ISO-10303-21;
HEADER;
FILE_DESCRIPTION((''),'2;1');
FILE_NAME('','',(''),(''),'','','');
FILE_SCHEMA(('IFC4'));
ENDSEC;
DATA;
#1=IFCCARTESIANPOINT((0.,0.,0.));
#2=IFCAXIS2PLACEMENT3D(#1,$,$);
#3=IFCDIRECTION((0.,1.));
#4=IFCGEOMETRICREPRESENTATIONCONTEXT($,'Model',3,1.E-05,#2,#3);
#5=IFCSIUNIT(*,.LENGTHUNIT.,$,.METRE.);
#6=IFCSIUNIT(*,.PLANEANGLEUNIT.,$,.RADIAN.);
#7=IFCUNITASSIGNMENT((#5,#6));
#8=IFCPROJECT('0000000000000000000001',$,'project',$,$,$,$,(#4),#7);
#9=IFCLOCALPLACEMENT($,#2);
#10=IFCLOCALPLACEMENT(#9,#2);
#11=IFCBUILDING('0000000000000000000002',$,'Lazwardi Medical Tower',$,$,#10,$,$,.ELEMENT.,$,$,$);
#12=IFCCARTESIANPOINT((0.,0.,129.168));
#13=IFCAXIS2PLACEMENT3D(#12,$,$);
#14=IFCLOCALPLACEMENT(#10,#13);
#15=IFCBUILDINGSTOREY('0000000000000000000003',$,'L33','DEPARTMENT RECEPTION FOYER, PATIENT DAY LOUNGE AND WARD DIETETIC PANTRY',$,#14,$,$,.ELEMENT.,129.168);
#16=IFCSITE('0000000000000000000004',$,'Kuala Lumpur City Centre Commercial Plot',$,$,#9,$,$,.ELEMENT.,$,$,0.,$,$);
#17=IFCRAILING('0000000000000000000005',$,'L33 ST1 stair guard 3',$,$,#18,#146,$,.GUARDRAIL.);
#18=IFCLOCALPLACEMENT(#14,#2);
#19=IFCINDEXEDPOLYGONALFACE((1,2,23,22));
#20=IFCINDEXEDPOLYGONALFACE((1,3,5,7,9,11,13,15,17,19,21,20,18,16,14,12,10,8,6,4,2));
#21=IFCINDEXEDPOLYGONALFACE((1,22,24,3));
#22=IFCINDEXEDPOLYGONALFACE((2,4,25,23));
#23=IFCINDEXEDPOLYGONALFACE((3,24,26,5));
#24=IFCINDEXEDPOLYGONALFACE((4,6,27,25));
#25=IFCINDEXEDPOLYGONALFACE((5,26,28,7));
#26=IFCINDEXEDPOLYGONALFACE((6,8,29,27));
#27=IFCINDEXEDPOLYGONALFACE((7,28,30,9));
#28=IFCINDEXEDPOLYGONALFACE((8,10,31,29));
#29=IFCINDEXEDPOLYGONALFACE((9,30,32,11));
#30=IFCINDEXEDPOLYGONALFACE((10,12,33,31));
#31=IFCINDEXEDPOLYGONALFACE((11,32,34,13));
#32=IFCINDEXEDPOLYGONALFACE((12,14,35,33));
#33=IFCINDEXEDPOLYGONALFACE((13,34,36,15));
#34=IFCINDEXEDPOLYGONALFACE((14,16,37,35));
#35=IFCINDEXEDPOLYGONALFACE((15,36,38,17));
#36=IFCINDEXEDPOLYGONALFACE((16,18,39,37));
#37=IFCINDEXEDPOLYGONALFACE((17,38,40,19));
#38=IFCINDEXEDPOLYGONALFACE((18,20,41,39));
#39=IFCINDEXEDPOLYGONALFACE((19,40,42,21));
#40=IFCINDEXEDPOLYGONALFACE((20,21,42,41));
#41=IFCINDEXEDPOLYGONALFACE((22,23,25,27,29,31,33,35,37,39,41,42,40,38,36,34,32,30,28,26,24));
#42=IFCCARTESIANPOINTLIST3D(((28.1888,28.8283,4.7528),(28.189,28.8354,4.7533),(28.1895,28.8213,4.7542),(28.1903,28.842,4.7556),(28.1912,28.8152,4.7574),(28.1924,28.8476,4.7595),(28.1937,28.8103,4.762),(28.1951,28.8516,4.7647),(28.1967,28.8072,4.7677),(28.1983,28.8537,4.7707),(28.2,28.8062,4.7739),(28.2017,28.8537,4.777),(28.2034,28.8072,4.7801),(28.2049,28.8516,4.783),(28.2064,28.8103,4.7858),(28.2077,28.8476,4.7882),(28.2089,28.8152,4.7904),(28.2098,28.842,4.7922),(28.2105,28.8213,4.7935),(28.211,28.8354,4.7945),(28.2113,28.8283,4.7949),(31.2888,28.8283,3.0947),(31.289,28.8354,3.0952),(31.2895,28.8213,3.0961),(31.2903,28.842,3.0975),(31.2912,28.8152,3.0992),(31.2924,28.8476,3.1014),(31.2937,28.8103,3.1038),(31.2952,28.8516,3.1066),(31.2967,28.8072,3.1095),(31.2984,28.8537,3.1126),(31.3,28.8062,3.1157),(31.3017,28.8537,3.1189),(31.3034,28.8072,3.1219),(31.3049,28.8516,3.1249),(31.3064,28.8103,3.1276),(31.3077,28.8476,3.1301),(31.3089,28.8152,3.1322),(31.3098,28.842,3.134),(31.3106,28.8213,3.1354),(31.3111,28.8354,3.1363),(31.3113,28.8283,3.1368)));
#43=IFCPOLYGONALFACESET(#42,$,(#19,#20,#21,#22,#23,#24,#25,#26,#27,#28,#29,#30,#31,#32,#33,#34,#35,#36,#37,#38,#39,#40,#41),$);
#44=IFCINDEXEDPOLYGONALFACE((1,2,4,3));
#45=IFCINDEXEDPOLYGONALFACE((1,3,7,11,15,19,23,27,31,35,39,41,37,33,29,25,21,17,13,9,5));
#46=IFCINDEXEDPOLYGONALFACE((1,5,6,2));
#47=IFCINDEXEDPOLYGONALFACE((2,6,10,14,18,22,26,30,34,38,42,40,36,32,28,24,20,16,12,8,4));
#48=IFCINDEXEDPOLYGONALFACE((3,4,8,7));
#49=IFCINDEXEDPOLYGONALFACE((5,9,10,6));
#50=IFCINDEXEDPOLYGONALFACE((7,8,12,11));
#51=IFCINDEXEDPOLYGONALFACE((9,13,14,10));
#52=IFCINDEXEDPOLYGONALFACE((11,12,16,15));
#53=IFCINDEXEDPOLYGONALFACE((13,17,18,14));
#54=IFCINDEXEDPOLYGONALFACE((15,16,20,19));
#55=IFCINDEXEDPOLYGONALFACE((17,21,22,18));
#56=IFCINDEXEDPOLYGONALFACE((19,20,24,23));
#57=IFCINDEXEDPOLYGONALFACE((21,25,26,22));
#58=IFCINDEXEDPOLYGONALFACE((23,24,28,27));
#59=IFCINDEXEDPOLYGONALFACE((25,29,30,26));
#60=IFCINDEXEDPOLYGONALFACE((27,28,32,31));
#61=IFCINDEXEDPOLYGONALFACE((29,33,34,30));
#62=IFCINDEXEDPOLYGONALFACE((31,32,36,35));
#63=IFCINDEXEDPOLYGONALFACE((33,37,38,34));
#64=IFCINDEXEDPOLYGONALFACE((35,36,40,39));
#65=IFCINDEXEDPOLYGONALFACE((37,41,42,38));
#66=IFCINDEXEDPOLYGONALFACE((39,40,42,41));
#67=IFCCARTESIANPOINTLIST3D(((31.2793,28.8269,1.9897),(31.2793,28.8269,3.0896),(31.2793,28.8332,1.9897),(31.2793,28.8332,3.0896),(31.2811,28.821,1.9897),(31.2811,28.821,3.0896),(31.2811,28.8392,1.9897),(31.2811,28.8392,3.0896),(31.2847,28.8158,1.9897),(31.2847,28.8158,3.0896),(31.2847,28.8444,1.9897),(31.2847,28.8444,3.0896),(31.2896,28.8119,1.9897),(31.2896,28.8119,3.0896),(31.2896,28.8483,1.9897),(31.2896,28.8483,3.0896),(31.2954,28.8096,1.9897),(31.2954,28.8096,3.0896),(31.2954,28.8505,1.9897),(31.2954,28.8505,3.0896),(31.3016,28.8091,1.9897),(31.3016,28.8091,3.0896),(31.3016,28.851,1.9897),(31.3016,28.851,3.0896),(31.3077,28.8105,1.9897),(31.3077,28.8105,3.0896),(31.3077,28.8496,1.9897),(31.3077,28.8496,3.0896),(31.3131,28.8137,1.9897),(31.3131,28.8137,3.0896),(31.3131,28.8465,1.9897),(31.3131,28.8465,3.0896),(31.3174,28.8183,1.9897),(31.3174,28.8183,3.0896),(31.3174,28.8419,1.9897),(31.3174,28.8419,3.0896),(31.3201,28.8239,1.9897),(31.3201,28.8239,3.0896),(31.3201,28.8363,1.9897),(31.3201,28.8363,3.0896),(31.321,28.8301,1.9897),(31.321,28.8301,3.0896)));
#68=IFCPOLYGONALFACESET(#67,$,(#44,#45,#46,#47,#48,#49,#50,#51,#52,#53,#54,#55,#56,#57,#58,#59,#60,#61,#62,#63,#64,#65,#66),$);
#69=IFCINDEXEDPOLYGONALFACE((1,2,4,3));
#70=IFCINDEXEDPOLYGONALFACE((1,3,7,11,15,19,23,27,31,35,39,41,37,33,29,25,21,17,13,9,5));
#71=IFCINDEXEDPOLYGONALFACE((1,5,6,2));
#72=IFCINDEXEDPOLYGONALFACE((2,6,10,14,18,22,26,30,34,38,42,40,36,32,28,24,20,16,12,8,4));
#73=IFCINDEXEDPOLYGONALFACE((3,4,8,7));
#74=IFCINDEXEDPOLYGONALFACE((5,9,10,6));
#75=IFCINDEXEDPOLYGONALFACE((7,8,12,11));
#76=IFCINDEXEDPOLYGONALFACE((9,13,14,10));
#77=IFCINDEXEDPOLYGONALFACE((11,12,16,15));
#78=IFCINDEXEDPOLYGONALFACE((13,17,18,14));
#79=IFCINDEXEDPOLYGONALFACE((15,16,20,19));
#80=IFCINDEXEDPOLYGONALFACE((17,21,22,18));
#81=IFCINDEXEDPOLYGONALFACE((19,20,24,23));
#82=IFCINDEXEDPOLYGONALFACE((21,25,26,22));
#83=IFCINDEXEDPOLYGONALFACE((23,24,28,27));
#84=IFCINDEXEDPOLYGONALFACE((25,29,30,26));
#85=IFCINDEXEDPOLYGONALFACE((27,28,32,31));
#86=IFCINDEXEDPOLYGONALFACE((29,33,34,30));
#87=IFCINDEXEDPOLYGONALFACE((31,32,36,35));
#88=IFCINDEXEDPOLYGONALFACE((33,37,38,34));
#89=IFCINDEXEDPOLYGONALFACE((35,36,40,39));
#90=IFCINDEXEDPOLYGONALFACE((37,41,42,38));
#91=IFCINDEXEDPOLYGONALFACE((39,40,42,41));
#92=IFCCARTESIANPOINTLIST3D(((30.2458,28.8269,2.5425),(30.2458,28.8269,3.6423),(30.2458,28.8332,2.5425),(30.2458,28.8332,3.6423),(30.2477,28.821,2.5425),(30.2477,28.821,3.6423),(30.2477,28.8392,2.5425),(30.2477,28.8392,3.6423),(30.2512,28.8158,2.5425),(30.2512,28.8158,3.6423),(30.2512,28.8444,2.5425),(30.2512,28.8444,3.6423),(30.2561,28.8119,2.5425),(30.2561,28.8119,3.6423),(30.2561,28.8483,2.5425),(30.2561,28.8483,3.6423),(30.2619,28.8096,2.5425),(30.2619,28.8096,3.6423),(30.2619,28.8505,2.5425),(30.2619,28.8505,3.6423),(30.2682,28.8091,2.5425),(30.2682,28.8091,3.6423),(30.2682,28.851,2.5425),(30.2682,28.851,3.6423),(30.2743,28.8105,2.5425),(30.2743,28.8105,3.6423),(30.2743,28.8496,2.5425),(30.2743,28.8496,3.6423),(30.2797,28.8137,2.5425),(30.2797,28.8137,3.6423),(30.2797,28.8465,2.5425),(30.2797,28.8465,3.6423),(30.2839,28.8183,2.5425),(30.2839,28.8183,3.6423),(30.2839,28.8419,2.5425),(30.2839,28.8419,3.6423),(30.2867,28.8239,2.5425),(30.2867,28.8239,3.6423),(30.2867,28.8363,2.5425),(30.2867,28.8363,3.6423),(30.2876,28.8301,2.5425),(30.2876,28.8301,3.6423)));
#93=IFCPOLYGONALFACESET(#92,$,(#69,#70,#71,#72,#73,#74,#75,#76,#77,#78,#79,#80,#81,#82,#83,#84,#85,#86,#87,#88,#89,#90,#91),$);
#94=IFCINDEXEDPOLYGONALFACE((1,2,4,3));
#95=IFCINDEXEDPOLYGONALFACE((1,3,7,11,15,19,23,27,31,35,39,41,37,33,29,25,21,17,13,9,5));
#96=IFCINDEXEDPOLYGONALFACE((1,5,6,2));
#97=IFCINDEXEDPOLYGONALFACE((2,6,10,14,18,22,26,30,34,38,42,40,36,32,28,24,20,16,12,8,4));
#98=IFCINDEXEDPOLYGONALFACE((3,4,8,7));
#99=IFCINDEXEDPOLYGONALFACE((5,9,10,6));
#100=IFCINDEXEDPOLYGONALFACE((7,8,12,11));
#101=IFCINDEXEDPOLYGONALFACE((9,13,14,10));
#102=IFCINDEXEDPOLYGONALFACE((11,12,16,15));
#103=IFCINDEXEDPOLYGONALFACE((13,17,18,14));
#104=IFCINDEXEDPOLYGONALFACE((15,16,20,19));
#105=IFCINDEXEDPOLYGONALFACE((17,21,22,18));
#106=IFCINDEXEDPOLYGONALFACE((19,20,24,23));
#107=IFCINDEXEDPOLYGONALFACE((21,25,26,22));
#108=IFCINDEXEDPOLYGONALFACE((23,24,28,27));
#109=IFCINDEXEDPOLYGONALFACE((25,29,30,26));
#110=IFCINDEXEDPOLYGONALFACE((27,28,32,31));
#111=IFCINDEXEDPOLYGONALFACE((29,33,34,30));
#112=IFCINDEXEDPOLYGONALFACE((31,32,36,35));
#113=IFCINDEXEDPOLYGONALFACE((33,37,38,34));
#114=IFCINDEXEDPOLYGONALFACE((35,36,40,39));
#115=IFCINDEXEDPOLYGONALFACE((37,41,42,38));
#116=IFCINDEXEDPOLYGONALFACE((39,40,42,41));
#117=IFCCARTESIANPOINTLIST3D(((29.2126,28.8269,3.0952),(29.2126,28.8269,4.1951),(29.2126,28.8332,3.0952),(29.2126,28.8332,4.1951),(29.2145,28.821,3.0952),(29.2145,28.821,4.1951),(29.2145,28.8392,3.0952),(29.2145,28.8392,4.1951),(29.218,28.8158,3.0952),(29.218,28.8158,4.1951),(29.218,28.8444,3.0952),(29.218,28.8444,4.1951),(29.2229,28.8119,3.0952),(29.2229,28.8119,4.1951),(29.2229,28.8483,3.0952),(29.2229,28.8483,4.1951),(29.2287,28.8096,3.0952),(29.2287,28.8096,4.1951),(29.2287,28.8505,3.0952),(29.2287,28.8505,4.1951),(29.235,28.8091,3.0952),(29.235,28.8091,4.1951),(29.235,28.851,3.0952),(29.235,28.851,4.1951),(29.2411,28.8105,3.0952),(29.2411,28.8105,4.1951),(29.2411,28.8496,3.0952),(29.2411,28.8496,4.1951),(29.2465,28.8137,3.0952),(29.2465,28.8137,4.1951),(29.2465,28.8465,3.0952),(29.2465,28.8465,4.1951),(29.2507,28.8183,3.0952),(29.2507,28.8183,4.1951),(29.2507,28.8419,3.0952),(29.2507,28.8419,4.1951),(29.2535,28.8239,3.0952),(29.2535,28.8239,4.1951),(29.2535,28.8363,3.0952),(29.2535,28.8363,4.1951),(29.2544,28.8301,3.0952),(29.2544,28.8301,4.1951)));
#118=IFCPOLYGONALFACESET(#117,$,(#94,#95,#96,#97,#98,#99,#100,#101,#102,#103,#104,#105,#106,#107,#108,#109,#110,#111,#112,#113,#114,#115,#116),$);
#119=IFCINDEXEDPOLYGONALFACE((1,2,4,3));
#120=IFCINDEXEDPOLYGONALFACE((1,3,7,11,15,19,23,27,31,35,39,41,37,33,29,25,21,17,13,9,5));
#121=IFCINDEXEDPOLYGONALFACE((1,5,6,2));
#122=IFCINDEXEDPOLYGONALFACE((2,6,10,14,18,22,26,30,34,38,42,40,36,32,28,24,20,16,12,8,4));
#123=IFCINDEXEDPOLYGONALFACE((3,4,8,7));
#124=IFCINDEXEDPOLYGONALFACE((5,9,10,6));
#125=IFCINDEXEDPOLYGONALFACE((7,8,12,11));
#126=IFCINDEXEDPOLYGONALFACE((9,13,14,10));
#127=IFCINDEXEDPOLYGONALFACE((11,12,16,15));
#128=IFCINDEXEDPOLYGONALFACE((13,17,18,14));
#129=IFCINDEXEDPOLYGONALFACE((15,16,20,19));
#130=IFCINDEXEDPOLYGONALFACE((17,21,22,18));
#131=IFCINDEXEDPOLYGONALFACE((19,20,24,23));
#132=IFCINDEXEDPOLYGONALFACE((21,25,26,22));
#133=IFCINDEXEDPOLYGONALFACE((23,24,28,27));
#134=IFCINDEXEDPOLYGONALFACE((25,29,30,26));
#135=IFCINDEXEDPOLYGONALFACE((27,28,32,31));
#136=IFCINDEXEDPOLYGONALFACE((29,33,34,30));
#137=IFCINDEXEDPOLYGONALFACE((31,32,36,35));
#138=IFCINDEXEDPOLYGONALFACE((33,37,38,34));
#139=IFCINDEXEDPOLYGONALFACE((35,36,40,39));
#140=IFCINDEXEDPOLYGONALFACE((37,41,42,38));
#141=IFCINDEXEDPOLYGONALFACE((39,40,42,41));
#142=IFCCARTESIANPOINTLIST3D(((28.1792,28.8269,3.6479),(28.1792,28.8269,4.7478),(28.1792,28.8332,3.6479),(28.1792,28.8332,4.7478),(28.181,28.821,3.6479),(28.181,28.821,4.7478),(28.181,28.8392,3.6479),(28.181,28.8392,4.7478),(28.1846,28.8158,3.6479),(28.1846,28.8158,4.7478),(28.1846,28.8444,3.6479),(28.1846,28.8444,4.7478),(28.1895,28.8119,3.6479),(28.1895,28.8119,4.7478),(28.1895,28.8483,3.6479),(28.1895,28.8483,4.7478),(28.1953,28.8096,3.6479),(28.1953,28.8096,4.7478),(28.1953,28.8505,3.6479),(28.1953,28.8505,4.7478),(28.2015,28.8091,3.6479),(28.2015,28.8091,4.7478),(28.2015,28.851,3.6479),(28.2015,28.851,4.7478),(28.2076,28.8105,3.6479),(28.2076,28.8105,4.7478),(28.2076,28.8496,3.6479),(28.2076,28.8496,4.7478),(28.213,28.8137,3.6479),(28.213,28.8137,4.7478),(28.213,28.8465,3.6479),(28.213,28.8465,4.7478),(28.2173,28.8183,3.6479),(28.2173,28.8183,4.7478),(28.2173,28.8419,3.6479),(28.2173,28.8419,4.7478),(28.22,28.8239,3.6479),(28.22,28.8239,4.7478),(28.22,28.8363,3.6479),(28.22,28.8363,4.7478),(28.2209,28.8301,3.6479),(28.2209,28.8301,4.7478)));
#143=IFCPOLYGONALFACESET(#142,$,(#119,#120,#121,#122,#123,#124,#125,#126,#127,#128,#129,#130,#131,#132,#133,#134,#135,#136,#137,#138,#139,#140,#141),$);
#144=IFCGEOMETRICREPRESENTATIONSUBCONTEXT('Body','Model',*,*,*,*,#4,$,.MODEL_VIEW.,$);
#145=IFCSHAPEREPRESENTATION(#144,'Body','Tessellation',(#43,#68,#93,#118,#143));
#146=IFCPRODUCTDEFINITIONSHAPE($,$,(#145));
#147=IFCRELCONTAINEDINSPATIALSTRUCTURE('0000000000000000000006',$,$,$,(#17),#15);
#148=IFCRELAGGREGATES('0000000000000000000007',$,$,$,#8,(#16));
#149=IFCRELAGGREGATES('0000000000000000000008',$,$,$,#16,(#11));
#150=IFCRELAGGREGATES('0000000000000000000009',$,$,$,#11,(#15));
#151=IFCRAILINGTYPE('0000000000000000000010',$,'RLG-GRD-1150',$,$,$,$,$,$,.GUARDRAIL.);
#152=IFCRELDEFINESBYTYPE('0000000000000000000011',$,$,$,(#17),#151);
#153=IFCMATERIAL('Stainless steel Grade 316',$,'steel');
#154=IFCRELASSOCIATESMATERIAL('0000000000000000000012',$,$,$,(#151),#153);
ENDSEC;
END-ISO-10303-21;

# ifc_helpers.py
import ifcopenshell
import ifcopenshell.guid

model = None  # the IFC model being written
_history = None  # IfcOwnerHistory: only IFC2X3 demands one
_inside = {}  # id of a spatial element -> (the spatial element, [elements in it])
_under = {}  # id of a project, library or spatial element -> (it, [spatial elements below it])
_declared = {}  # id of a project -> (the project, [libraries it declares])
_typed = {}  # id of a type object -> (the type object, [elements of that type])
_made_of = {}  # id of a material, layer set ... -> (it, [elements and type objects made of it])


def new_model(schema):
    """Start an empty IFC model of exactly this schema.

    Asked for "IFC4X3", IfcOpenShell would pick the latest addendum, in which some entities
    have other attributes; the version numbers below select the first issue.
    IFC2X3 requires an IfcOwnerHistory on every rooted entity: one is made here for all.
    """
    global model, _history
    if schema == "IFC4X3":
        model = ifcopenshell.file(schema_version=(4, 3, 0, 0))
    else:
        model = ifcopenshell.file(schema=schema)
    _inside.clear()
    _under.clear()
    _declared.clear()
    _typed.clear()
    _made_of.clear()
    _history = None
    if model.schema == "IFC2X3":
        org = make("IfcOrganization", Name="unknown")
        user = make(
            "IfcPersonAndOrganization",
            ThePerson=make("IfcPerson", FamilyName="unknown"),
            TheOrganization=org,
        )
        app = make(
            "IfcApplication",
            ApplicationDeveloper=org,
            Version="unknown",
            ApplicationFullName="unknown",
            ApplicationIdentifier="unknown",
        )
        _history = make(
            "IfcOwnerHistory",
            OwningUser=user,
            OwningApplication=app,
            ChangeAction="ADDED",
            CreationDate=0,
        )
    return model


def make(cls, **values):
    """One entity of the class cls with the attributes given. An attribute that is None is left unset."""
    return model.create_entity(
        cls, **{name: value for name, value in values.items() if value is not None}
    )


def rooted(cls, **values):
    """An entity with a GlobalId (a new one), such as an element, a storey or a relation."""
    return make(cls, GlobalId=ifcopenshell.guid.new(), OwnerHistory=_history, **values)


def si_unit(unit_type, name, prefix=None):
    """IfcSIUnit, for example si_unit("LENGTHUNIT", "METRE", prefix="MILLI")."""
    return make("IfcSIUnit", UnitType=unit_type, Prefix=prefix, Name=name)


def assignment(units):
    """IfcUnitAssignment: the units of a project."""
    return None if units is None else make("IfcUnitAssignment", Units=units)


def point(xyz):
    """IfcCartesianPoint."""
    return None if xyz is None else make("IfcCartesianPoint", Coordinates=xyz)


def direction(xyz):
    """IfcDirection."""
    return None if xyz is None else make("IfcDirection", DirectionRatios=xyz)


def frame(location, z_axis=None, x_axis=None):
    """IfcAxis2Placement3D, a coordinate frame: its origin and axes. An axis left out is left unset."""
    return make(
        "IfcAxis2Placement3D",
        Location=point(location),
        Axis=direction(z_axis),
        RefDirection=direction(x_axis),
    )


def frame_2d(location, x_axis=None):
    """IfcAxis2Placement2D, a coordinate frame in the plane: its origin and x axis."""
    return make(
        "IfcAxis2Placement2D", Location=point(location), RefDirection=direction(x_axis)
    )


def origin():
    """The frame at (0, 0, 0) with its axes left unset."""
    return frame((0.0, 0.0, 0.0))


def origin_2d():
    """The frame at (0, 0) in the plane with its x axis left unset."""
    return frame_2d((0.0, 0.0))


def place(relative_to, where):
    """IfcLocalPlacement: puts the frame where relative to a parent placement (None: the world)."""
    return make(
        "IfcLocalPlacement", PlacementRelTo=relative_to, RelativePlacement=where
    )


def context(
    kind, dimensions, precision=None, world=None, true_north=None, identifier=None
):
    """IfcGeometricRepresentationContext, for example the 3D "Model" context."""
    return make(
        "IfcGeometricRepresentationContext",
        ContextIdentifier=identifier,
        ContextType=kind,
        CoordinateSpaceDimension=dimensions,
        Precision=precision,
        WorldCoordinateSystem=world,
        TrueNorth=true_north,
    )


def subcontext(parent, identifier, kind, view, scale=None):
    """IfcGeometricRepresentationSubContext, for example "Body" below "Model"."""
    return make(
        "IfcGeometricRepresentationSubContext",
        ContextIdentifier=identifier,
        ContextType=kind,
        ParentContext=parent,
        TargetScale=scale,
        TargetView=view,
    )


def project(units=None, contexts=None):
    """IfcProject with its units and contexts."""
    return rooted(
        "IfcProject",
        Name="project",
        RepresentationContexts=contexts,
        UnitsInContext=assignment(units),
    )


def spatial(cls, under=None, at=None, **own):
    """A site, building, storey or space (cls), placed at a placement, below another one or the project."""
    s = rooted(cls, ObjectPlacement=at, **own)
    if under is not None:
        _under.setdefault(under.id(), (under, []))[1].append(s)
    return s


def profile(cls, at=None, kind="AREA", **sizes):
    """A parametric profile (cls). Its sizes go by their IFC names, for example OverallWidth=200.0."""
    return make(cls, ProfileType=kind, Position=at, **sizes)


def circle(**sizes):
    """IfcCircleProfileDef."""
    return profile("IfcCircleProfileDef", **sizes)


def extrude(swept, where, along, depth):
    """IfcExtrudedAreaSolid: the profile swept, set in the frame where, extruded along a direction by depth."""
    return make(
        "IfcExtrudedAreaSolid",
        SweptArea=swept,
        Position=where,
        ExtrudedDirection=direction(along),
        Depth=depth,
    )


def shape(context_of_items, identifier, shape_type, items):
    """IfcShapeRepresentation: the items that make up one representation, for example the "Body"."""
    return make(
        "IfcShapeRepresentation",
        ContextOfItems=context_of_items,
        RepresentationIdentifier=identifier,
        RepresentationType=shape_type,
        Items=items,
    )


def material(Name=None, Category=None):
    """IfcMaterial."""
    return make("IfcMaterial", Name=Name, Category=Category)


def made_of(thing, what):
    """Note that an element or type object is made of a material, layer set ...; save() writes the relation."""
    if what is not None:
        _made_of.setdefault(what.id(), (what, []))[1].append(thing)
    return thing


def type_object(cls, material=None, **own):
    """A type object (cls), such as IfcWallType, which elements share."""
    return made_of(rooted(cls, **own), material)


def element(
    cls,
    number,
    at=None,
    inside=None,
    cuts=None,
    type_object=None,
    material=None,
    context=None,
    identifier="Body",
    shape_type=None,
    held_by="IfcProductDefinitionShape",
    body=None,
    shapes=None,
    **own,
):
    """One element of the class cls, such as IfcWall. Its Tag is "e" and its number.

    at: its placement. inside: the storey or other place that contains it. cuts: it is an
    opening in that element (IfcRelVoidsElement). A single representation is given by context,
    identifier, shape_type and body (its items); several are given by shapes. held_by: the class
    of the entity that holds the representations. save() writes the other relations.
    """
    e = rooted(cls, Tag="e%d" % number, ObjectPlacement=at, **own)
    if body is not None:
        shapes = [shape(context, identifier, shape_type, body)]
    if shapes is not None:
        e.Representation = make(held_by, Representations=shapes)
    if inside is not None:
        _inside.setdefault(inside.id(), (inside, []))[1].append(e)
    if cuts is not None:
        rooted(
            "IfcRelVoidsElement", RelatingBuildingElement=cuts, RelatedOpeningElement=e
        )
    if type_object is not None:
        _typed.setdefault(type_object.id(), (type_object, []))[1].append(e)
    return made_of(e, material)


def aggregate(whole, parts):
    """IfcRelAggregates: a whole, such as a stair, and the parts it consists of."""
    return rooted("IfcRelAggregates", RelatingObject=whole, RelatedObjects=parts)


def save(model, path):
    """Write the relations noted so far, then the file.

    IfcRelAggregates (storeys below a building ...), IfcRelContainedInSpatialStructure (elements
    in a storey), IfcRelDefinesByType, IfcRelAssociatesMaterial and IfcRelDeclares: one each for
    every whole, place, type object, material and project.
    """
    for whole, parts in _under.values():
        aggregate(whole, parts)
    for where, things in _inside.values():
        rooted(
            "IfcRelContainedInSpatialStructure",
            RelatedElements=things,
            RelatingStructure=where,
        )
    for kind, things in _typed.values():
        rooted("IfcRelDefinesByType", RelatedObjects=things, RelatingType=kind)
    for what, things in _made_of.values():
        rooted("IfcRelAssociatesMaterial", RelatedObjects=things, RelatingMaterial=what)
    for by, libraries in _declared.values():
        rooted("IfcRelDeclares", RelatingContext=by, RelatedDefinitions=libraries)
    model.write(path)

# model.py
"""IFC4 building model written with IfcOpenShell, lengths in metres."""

from ifc_helpers import new_model, si_unit, direction, frame, origin, origin_2d, place, context, subcontext, project, spatial, circle, extrude, material, type_object, element, save


model = new_model("IFC4")

# Units and contexts
model_context = context("Model", 3, precision=1e-05, world=origin(), true_north=direction((0.0, 1.0)))
body_context = subcontext(model_context, "Body", "Model", "MODEL_VIEW")
ifc_project = project(units=[si_unit("LENGTHUNIT", "METRE"), si_unit("PLANEANGLEUNIT", "RADIAN")], contexts=[model_context])

# Site, building, storey
site_placement = place(None, origin())
site = spatial("IfcSite", under=ifc_project, at=site_placement, Name="Kuala Lumpur City Centre Commercial Plot", CompositionType="ELEMENT", RefElevation=0.0)
building_placement = place(site_placement, origin())
building = spatial("IfcBuilding", under=site, at=building_placement, Name="Lazwardi Medical Tower", CompositionType="ELEMENT")
storey_placement = place(building_placement, frame((0.0, 0.0, 129.168)))
storey = spatial("IfcBuildingStorey", under=building, at=storey_placement, Name="L33", Description="DEPARTMENT RECEPTION FOYER, PATIENT DAY LOUNGE AND WARD DIETETIC PANTRY", CompositionType="ELEMENT", Elevation=129.168)

# Railing
ifc_material_1 = material(Name="Stainless steel Grade 316", Category="steel")
railing_type_1 = type_object("IfcRailingType", Name="RLG-GRD-1150", PredefinedType="GUARDRAIL", material=ifc_material_1)
railing_1_placement = place(storey_placement, frame((31.3, 28.8301, 1.9897)))
element("IfcRailing", 1, at=railing_1_placement, inside=storey, type_object=railing_type_1, Name="L33 ST1 stair guard 3", PredefinedType="GUARDRAIL", context=body_context, shape_type="SweptSolid", body=[
    extrude(circle(Radius=0.0239, at=origin_2d()), frame((0.0, 0.0, 1.126), z_axis=(-0.881783, 0.0, 0.471655), x_axis=(0.0, -1.0, 0.0)), (0.0, 0.0, 1.0), 3.5156),
    extrude(circle(Radius=0.021, at=origin_2d()), origin(), (0.0, 0.0, 1.0), 1.0999),
    extrude(circle(Radius=0.021, at=origin_2d()), frame((-1.0334, 0.0, 0.5527)), (0.0, 0.0, 1.0), 1.0999),
    extrude(circle(Radius=0.021, at=origin_2d()), frame((-2.0667, 0.0, 1.1055)), (0.0, 0.0, 1.0), 1.0999),
    extrude(circle(Radius=0.021, at=origin_2d()), frame((-3.1001, 0.0, 1.6582)), (0.0, 0.0, 1.0), 1.0999),
])

save(model, "model.ifc")
